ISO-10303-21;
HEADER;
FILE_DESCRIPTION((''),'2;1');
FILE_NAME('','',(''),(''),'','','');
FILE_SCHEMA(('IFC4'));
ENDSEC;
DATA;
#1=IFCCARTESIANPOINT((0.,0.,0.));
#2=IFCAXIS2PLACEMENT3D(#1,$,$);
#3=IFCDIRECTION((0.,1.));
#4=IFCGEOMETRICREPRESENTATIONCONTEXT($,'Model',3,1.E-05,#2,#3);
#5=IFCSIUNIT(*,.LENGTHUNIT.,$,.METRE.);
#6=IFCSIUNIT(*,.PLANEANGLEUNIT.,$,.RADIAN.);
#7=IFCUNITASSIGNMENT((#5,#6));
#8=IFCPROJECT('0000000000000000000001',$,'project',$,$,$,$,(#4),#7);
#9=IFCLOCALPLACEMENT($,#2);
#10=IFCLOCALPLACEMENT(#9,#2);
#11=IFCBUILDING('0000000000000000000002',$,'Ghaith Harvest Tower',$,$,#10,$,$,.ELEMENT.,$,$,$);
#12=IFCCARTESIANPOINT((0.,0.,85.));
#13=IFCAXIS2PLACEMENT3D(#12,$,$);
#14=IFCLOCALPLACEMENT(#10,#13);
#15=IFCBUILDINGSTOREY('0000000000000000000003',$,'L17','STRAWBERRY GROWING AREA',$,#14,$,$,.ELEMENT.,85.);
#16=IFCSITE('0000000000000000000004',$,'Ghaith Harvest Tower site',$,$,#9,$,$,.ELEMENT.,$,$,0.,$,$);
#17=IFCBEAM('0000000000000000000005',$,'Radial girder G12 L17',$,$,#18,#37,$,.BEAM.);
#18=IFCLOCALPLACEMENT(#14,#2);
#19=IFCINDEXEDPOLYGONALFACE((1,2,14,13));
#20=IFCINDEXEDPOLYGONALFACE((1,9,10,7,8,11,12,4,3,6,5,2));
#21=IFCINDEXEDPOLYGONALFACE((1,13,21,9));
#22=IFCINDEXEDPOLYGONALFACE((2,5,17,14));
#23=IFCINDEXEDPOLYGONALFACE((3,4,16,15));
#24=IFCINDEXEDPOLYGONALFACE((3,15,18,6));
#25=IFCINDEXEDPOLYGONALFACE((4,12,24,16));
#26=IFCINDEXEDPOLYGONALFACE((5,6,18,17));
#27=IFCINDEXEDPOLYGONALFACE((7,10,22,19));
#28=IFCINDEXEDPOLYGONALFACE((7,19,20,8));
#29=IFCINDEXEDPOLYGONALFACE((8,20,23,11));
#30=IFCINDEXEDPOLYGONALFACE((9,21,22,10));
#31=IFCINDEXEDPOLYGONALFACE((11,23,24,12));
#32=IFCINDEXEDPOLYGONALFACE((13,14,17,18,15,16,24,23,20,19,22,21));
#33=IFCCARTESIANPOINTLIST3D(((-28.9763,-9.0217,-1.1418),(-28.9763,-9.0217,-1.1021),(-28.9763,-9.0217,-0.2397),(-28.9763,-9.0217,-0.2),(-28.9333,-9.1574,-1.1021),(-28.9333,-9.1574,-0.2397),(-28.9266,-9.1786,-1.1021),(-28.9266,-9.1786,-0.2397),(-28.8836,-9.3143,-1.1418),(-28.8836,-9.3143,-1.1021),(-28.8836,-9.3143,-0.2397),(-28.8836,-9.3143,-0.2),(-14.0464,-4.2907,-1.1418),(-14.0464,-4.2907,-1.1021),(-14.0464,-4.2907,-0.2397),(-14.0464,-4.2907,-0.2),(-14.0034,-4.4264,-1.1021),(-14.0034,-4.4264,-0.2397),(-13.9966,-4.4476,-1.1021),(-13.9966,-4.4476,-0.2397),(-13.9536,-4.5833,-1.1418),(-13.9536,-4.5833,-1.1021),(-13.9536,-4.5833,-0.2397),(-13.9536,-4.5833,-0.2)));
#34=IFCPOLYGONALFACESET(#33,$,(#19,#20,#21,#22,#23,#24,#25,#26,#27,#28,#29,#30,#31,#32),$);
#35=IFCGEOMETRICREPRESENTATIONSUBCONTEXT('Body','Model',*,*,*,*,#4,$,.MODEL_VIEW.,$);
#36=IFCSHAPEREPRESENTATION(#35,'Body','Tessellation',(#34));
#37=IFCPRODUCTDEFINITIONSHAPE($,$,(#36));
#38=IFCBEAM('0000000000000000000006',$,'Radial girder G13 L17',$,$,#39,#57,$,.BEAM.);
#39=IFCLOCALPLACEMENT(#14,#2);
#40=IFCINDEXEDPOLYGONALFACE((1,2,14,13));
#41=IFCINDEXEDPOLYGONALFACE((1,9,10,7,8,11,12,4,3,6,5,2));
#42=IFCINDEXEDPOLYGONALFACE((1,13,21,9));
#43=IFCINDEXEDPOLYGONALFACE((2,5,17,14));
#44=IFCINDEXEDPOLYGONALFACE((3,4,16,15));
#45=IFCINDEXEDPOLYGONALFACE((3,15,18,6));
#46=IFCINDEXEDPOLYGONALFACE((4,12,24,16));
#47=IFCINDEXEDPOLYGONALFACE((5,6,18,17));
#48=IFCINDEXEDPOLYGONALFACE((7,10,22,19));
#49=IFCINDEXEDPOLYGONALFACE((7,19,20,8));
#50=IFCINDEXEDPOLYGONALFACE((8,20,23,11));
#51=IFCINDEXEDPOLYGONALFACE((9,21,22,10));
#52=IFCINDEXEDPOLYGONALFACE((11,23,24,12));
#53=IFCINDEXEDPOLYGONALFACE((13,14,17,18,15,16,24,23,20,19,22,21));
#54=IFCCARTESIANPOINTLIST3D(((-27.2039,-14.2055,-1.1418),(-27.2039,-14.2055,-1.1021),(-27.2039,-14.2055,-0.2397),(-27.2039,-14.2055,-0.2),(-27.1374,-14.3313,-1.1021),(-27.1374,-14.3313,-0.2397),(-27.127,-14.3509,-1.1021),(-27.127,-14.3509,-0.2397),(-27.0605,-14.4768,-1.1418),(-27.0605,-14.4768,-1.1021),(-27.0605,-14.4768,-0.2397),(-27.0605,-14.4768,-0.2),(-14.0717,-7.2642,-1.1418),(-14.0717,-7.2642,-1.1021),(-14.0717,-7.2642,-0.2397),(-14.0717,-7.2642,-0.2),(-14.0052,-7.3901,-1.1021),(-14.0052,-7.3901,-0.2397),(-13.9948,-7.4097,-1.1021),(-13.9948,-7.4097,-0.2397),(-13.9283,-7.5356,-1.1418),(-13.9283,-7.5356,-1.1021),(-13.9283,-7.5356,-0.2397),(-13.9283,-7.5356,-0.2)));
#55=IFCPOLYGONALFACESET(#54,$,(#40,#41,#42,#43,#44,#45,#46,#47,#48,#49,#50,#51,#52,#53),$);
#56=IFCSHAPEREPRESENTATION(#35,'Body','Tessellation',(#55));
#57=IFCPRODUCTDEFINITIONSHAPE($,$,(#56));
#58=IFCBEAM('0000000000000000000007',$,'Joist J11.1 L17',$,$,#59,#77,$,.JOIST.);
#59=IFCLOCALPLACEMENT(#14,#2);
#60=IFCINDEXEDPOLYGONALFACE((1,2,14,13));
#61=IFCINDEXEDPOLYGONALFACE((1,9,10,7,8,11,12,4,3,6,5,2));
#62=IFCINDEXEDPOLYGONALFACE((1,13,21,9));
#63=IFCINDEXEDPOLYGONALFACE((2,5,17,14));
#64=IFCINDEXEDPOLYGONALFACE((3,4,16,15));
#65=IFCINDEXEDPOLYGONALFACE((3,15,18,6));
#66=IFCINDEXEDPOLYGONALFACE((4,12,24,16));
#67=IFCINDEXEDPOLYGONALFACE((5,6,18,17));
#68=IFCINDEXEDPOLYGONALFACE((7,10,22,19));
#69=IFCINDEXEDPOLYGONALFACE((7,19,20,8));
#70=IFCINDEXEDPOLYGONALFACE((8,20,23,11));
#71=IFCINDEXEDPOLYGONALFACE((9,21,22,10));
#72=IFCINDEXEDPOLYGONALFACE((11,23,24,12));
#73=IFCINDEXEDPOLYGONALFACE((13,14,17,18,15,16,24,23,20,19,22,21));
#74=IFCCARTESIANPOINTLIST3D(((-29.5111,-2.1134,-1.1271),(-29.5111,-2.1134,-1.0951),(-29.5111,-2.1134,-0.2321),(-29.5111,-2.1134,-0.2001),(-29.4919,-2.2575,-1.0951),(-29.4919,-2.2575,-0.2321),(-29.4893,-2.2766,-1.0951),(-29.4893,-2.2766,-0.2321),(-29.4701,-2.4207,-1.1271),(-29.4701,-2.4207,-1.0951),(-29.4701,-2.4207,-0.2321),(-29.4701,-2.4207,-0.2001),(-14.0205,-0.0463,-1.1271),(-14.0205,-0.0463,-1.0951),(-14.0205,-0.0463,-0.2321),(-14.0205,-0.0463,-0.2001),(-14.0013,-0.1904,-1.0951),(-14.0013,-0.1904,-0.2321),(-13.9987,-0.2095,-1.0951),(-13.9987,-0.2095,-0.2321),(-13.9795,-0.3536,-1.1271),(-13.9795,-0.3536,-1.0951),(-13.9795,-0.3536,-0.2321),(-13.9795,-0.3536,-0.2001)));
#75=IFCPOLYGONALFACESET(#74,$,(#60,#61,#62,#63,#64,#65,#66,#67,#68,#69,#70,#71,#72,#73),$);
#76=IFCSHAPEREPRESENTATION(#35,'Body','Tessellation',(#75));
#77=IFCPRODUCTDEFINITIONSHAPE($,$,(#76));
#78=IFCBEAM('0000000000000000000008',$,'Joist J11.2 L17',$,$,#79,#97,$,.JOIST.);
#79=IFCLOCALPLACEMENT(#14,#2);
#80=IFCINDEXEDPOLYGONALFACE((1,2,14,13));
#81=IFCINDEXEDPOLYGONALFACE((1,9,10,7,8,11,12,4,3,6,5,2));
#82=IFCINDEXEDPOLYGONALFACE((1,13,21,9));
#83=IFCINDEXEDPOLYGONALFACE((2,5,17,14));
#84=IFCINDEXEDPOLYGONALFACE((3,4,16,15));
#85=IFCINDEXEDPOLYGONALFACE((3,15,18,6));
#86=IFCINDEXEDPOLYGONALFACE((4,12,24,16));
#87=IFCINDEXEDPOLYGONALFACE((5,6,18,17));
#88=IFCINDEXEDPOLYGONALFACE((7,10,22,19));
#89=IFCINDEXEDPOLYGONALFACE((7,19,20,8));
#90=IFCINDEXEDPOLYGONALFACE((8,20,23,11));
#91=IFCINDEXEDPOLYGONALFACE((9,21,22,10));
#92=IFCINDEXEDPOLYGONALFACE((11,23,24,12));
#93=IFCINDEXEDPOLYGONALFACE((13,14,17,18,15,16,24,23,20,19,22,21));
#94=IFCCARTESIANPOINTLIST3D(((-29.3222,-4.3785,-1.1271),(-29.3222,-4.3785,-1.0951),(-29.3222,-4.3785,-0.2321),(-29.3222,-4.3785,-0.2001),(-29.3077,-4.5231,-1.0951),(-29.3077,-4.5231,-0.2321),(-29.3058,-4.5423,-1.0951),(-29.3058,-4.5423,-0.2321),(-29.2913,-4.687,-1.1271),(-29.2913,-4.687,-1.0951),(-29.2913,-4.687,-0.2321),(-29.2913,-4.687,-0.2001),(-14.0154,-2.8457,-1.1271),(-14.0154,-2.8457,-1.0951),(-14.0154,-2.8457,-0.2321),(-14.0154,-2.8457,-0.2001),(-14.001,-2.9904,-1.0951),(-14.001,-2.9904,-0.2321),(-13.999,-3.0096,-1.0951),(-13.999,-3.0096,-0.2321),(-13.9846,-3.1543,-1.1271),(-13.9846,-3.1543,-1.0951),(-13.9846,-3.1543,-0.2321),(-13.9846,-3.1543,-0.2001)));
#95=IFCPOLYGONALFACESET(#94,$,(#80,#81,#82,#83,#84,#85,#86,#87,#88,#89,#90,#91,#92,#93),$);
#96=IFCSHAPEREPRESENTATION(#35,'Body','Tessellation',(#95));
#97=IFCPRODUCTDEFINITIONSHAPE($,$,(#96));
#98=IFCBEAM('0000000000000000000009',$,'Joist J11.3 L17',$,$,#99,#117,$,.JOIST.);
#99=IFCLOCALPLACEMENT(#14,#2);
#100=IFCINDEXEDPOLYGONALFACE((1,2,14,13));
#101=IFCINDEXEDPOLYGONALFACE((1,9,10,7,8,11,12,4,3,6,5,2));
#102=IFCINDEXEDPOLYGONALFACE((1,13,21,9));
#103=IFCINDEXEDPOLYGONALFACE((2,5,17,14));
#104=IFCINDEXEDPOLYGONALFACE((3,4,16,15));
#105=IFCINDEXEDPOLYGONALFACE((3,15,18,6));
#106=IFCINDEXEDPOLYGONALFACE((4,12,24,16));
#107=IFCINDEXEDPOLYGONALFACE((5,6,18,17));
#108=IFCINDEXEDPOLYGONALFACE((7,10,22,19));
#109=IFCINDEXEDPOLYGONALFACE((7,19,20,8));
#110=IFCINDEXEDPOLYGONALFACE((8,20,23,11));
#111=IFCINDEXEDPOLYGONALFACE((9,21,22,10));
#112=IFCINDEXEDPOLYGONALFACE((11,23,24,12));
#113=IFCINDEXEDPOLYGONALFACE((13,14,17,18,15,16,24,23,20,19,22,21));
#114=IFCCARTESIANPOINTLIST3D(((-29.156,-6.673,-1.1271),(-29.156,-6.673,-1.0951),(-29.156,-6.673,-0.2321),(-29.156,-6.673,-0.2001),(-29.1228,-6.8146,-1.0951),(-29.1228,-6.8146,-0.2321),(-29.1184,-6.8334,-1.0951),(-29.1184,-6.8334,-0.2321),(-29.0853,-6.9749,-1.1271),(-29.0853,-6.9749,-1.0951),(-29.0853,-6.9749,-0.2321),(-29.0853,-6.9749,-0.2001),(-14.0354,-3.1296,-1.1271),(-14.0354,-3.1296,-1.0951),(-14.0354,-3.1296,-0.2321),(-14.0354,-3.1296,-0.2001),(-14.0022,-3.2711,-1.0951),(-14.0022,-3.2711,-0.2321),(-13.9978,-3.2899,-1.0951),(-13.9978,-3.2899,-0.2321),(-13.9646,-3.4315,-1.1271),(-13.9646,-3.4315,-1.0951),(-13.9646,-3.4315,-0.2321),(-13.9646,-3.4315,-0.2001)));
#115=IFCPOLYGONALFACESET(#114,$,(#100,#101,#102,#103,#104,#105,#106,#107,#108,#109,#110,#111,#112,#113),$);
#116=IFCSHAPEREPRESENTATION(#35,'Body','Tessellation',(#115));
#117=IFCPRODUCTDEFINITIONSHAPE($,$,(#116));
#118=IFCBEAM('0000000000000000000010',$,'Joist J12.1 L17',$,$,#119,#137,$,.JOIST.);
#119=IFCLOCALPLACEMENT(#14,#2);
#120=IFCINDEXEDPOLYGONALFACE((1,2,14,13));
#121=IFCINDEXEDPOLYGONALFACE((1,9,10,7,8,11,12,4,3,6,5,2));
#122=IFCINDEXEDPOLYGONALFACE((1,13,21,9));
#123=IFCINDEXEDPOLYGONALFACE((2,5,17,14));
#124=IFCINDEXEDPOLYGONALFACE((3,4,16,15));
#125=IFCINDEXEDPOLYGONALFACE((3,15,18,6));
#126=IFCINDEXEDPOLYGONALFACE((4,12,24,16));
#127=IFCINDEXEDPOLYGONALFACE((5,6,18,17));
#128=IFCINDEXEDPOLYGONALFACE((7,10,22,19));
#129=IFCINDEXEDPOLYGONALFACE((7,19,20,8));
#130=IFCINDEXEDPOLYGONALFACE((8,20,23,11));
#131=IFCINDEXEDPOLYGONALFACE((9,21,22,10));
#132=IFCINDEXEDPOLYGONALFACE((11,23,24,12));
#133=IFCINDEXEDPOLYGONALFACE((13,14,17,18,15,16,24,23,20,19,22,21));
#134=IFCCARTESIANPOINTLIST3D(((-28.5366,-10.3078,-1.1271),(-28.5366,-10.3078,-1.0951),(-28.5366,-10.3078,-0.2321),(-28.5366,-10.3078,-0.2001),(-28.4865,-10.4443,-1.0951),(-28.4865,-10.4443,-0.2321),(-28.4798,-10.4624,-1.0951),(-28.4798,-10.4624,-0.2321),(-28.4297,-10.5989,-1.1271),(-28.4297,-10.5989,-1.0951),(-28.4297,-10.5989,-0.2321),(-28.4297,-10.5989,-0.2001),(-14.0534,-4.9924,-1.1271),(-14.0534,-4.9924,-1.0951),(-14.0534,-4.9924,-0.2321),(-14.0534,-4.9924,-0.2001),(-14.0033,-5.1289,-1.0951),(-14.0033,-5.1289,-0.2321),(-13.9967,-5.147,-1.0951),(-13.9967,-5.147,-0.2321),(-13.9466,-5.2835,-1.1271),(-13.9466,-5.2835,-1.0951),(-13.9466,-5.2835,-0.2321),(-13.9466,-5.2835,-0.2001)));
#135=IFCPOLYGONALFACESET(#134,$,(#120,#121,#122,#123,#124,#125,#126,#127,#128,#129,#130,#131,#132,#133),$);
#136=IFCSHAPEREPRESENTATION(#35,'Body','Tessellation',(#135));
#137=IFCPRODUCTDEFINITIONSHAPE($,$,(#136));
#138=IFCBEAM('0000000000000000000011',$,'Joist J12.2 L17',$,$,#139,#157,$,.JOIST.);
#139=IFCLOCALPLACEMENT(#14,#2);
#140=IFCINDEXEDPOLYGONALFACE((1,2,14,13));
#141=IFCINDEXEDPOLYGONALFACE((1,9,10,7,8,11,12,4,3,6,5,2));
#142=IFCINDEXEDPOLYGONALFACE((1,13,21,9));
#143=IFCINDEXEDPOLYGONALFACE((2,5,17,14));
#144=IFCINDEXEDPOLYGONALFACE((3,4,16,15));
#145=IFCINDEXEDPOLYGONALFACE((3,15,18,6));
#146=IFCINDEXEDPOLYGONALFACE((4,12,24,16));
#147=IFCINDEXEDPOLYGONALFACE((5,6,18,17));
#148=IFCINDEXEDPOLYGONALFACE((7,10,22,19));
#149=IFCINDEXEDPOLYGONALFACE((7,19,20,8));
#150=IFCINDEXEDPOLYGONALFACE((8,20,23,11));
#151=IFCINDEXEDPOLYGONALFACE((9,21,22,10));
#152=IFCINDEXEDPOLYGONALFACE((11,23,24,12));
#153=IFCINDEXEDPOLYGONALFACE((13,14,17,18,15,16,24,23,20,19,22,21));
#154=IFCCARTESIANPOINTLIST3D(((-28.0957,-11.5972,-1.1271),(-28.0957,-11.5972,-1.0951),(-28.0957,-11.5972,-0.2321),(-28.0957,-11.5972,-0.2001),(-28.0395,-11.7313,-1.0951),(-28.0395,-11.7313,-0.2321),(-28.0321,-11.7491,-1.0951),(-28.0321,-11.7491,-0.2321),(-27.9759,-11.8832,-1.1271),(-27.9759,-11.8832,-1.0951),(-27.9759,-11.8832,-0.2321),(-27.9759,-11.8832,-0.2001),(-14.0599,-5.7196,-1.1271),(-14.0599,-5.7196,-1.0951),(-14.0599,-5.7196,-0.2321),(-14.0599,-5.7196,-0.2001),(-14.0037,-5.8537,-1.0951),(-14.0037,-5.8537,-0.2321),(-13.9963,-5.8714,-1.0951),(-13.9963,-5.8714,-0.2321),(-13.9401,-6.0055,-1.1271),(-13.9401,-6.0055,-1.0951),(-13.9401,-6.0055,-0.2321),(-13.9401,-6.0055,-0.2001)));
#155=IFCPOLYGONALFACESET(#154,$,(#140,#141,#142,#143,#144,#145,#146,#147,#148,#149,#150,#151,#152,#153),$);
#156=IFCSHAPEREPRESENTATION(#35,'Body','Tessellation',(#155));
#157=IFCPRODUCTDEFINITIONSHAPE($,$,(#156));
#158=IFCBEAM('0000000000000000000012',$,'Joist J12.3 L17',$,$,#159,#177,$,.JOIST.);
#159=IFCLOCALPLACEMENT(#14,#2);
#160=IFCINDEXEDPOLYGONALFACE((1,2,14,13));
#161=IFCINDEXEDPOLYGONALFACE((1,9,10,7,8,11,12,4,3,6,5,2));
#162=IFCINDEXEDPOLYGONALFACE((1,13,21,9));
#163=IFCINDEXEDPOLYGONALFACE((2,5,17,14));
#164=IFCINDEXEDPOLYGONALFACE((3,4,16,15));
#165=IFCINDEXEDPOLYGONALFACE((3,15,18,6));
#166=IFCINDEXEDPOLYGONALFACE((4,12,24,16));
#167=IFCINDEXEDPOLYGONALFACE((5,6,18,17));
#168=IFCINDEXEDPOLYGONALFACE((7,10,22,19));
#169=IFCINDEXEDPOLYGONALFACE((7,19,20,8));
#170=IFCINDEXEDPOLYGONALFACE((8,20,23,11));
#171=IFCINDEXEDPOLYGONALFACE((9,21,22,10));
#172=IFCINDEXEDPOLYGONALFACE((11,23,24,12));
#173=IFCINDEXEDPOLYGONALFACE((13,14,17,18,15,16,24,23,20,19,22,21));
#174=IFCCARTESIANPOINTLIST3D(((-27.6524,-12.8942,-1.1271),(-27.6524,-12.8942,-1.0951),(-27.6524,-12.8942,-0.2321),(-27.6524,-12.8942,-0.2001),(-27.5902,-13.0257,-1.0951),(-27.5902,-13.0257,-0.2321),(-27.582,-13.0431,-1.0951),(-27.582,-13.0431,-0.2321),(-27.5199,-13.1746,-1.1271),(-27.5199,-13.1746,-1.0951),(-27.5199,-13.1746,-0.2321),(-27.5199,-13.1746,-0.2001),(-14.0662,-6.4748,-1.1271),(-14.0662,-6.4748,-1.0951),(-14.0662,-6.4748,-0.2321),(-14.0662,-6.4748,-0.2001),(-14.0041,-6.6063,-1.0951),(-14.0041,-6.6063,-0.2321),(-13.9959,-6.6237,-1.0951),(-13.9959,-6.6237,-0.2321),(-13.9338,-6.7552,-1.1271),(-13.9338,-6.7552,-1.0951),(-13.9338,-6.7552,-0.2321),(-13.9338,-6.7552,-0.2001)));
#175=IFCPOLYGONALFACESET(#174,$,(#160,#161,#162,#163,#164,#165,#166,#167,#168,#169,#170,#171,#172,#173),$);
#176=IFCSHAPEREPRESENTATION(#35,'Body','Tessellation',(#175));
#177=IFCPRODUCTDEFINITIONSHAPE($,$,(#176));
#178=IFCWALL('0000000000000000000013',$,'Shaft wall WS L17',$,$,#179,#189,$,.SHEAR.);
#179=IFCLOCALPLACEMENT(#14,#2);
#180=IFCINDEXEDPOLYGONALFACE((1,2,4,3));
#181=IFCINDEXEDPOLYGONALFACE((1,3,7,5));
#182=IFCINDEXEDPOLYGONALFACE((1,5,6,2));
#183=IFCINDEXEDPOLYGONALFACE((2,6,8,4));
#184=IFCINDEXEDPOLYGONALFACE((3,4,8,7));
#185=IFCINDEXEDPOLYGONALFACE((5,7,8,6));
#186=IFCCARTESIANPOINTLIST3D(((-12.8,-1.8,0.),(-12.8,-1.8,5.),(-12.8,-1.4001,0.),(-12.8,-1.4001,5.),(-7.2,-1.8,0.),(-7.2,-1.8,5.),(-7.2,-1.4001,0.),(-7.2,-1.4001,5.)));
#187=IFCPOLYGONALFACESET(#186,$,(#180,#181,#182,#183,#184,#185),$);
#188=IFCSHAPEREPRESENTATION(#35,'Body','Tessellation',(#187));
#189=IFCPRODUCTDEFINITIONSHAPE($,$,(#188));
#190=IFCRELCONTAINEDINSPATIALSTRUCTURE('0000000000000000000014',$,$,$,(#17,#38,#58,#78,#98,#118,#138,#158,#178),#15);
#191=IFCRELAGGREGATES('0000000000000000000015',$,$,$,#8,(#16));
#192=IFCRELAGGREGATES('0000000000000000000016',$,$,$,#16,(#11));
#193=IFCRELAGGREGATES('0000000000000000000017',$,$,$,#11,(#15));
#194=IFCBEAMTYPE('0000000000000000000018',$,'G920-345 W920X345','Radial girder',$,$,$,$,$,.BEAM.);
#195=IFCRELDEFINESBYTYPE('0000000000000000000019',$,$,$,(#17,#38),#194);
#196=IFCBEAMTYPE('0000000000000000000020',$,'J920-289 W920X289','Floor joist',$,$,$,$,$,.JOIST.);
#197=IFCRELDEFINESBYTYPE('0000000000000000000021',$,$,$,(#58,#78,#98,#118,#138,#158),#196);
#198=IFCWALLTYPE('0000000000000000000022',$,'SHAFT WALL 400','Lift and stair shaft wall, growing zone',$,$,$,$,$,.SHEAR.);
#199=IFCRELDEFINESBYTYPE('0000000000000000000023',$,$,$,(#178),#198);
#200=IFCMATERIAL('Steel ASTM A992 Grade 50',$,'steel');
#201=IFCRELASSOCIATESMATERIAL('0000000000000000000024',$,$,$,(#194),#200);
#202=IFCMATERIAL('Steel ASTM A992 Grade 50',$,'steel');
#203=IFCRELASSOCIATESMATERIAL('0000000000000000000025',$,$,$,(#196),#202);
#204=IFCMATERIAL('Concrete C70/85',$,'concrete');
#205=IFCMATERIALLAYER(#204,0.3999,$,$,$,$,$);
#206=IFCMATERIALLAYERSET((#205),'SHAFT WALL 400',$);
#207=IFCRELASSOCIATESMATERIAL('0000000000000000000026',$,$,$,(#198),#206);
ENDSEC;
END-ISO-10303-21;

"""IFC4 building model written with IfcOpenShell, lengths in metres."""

from ifc_helpers import new_model, si_unit, direction, frame, frame_2d, origin, origin_2d, place, context, subcontext, project, spatial, rectangle, i_section, extrude, material, layer, layer_set, material_profile, profile_set, type_object, element, save


model = new_model("IFC4")

# Units and contexts
model_context = context("Model", 3, precision=1e-05, world=origin(), true_north=direction((0.0, 1.0)))
body_context = subcontext(model_context, "Body", "Model", "MODEL_VIEW")
ifc_project = project(units=[si_unit("LENGTHUNIT", "METRE"), si_unit("PLANEANGLEUNIT", "RADIAN")], contexts=[model_context])

# Site, building, storey
site_placement = place(None, origin())
site = spatial("IfcSite", under=ifc_project, at=site_placement, Name="Ghaith Harvest Tower site", CompositionType="ELEMENT", RefElevation=0.0)
building_placement = place(site_placement, origin())
building = spatial("IfcBuilding", under=site, at=building_placement, Name="Ghaith Harvest Tower", CompositionType="ELEMENT")
storey_placement = place(building_placement, frame((0.0, 0.0, 85.0)))
storey = spatial("IfcBuildingStorey", under=building, at=storey_placement, Name="L17", Description="STRAWBERRY GROWING AREA", CompositionType="ELEMENT", Elevation=85.0)

# Beams
ifc_material_1 = material(Name="Steel ASTM A992 Grade 50", Category="steel")
ifc_material_profile_1 = material_profile(ifc_material_1, i_section(OverallWidth=0.3069, OverallDepth=0.9419, WebThickness=0.0222, FlangeThickness=0.0398, at=origin_2d()), Name="W920X345")
ifc_profile_set_1 = profile_set([ifc_material_profile_1], Name="Steel ASTM A992 Grade 50")
beam_type_1 = type_object("IfcBeamType", Name="G920-345 W920X345", Description="Radial girder", PredefinedType="BEAM", material=ifc_profile_set_1)
beam_1_placement = place(storey_placement, frame((-14.0, -4.437, -0.6709), z_axis=(-0.953284, -0.302074, 0.0), x_axis=(0.302074, -0.953284, 0.0)))
element("IfcBeam", 1, at=beam_1_placement, inside=storey, type_object=beam_type_1, Name="Radial girder G12 L17", PredefinedType="BEAM", context=body_context, shape_type="SweptSolid", body=[
    extrude(i_section(OverallWidth=0.3069, OverallDepth=0.9419, WebThickness=0.0222, FlangeThickness=0.0398, at=origin_2d()), origin(), (0.0, 0.0, 1.0), 15.6616),
])
beam_2_placement = place(storey_placement, frame((-14.0, -7.3999, -0.6709), z_axis=(-0.884097, -0.467303, 0.0), x_axis=(0.467303, -0.884097, 0.0)))
element("IfcBeam", 2, at=beam_2_placement, inside=storey, type_object=beam_type_1, Name="Radial girder G13 L17", PredefinedType="BEAM", context=body_context, shape_type="SweptSolid", body=[
    extrude(i_section(OverallWidth=0.3069, OverallDepth=0.9419, WebThickness=0.0222, FlangeThickness=0.0398, at=origin_2d()), origin(), (0.0, 0.0, 1.0), 14.8538),
])
ifc_material_2 = material(Name="Steel ASTM A992 Grade 50", Category="steel")
ifc_material_profile_2 = material_profile(ifc_material_2, i_section(OverallWidth=0.3101, OverallDepth=0.927, WebThickness=0.0193, FlangeThickness=0.032, at=origin_2d()), Name="W920X289")
ifc_profile_set_2 = profile_set([ifc_material_profile_2], Name="Steel ASTM A992 Grade 50")
beam_type_2 = type_object("IfcBeamType", Name="J920-289 W920X289", Description="Floor joist", PredefinedType="JOIST", material=ifc_profile_set_2)
beam_3_placement = place(storey_placement, frame((-14.0, -0.2, -0.6636), z_axis=(-0.991214, -0.132271, 0.0), x_axis=(0.132271, -0.991214, 0.0)))
element("IfcBeam", 3, at=beam_3_placement, inside=storey, type_object=beam_type_2, Name="Joist J11.1 L17", PredefinedType="JOIST", context=body_context, shape_type="SweptSolid", body=[
    extrude(i_section(OverallWidth=0.3101, OverallDepth=0.927, WebThickness=0.0193, FlangeThickness=0.032, at=origin_2d()), origin(), (0.0, 0.0, 1.0), 15.6279),
])
beam_4_placement = place(storey_placement, frame((-14.0, -3.0, -0.6636), z_axis=(-0.995024, -0.099636, 0.0), x_axis=(0.099636, -0.995024, 0.0)))
element("IfcBeam", 4, at=beam_4_placement, inside=storey, type_object=beam_type_2, Name="Joist J11.2 L17", PredefinedType="JOIST", context=body_context, shape_type="SweptSolid", body=[
    extrude(i_section(OverallWidth=0.3101, OverallDepth=0.927, WebThickness=0.0193, FlangeThickness=0.032, at=origin_2d()), origin(), (0.0, 0.0, 1.0), 15.3833),
])
beam_5_placement = place(storey_placement, frame((-14.0, -3.2805, -0.6636), z_axis=(-0.973623, -0.228165, 0.0), x_axis=(0.228165, -0.973623, 0.0)))
element("IfcBeam", 5, at=beam_5_placement, inside=storey, type_object=beam_type_2, Name="Joist J11.3 L17", PredefinedType="JOIST", context=body_context, shape_type="SweptSolid", body=[
    extrude(i_section(OverallWidth=0.3101, OverallDepth=0.927, WebThickness=0.0193, FlangeThickness=0.032, at=origin_2d()), origin(), (0.0, 0.0, 1.0), 15.5303),
])
beam_6_placement = place(storey_placement, frame((-14.0, -5.1379, -0.6636), z_axis=(-0.938773, -0.344537, 0.0), x_axis=(0.344537, -0.938773, 0.0)))
element("IfcBeam", 6, at=beam_6_placement, inside=storey, type_object=beam_type_2, Name="Joist J12.1 L17", PredefinedType="JOIST", context=body_context, shape_type="SweptSolid", body=[
    extrude(i_section(OverallWidth=0.3101, OverallDepth=0.927, WebThickness=0.0193, FlangeThickness=0.032, at=origin_2d()), origin(), (0.0, 0.0, 1.0), 15.4277),
])
beam_7_placement = place(storey_placement, frame((-14.0, -5.8625, -0.6636), z_axis=(-0.92239, -0.386261, 0.0), x_axis=(0.386261, -0.92239, 0.0)))
element("IfcBeam", 7, at=beam_7_placement, inside=storey, type_object=beam_type_2, Name="Joist J12.2 L17", PredefinedType="JOIST", context=body_context, shape_type="SweptSolid", body=[
    extrude(i_section(OverallWidth=0.3101, OverallDepth=0.927, WebThickness=0.0193, FlangeThickness=0.032, at=origin_2d()), origin(), (0.0, 0.0, 1.0), 15.2168),
])
beam_8_placement = place(storey_placement, frame((-14.0, -6.615, -0.6636), z_axis=(-0.904153, -0.42721, 0.0), x_axis=(0.42721, -0.904153, 0.0)))
element("IfcBeam", 8, at=beam_8_placement, inside=storey, type_object=beam_type_2, Name="Joist J12.3 L17", PredefinedType="JOIST", context=body_context, shape_type="SweptSolid", body=[
    extrude(i_section(OverallWidth=0.3101, OverallDepth=0.927, WebThickness=0.0193, FlangeThickness=0.032, at=origin_2d()), origin(), (0.0, 0.0, 1.0), 15.0264),
])

# Wall
ifc_material_3 = material(Name="Concrete C70/85", Category="concrete")
ifc_layer_1 = layer(ifc_material_3, 0.3999)
ifc_layer_set_1 = layer_set([ifc_layer_1], Name="SHAFT WALL 400")
wall_type_1 = type_object("IfcWallType", Name="SHAFT WALL 400", Description="Lift and stair shaft wall, growing zone", PredefinedType="SHEAR", material=ifc_layer_set_1)
wall_1_placement = place(storey_placement, frame((-12.8, -1.6001, 0.0), z_axis=(0.0, 0.0, 1.0), x_axis=(1.0, 0.0, 0.0)))
element("IfcWall", 9, at=wall_1_placement, inside=storey, type_object=wall_type_1, Name="Shaft wall WS L17", PredefinedType="SHEAR", context=body_context, shape_type="SweptSolid", body=[
    extrude(rectangle(XDim=5.6001, YDim=0.3999, at=frame_2d((2.8, 0.0))), origin(), (0.0, 0.0, 1.0), 5.0),
])

save(model, "model.ifc")
